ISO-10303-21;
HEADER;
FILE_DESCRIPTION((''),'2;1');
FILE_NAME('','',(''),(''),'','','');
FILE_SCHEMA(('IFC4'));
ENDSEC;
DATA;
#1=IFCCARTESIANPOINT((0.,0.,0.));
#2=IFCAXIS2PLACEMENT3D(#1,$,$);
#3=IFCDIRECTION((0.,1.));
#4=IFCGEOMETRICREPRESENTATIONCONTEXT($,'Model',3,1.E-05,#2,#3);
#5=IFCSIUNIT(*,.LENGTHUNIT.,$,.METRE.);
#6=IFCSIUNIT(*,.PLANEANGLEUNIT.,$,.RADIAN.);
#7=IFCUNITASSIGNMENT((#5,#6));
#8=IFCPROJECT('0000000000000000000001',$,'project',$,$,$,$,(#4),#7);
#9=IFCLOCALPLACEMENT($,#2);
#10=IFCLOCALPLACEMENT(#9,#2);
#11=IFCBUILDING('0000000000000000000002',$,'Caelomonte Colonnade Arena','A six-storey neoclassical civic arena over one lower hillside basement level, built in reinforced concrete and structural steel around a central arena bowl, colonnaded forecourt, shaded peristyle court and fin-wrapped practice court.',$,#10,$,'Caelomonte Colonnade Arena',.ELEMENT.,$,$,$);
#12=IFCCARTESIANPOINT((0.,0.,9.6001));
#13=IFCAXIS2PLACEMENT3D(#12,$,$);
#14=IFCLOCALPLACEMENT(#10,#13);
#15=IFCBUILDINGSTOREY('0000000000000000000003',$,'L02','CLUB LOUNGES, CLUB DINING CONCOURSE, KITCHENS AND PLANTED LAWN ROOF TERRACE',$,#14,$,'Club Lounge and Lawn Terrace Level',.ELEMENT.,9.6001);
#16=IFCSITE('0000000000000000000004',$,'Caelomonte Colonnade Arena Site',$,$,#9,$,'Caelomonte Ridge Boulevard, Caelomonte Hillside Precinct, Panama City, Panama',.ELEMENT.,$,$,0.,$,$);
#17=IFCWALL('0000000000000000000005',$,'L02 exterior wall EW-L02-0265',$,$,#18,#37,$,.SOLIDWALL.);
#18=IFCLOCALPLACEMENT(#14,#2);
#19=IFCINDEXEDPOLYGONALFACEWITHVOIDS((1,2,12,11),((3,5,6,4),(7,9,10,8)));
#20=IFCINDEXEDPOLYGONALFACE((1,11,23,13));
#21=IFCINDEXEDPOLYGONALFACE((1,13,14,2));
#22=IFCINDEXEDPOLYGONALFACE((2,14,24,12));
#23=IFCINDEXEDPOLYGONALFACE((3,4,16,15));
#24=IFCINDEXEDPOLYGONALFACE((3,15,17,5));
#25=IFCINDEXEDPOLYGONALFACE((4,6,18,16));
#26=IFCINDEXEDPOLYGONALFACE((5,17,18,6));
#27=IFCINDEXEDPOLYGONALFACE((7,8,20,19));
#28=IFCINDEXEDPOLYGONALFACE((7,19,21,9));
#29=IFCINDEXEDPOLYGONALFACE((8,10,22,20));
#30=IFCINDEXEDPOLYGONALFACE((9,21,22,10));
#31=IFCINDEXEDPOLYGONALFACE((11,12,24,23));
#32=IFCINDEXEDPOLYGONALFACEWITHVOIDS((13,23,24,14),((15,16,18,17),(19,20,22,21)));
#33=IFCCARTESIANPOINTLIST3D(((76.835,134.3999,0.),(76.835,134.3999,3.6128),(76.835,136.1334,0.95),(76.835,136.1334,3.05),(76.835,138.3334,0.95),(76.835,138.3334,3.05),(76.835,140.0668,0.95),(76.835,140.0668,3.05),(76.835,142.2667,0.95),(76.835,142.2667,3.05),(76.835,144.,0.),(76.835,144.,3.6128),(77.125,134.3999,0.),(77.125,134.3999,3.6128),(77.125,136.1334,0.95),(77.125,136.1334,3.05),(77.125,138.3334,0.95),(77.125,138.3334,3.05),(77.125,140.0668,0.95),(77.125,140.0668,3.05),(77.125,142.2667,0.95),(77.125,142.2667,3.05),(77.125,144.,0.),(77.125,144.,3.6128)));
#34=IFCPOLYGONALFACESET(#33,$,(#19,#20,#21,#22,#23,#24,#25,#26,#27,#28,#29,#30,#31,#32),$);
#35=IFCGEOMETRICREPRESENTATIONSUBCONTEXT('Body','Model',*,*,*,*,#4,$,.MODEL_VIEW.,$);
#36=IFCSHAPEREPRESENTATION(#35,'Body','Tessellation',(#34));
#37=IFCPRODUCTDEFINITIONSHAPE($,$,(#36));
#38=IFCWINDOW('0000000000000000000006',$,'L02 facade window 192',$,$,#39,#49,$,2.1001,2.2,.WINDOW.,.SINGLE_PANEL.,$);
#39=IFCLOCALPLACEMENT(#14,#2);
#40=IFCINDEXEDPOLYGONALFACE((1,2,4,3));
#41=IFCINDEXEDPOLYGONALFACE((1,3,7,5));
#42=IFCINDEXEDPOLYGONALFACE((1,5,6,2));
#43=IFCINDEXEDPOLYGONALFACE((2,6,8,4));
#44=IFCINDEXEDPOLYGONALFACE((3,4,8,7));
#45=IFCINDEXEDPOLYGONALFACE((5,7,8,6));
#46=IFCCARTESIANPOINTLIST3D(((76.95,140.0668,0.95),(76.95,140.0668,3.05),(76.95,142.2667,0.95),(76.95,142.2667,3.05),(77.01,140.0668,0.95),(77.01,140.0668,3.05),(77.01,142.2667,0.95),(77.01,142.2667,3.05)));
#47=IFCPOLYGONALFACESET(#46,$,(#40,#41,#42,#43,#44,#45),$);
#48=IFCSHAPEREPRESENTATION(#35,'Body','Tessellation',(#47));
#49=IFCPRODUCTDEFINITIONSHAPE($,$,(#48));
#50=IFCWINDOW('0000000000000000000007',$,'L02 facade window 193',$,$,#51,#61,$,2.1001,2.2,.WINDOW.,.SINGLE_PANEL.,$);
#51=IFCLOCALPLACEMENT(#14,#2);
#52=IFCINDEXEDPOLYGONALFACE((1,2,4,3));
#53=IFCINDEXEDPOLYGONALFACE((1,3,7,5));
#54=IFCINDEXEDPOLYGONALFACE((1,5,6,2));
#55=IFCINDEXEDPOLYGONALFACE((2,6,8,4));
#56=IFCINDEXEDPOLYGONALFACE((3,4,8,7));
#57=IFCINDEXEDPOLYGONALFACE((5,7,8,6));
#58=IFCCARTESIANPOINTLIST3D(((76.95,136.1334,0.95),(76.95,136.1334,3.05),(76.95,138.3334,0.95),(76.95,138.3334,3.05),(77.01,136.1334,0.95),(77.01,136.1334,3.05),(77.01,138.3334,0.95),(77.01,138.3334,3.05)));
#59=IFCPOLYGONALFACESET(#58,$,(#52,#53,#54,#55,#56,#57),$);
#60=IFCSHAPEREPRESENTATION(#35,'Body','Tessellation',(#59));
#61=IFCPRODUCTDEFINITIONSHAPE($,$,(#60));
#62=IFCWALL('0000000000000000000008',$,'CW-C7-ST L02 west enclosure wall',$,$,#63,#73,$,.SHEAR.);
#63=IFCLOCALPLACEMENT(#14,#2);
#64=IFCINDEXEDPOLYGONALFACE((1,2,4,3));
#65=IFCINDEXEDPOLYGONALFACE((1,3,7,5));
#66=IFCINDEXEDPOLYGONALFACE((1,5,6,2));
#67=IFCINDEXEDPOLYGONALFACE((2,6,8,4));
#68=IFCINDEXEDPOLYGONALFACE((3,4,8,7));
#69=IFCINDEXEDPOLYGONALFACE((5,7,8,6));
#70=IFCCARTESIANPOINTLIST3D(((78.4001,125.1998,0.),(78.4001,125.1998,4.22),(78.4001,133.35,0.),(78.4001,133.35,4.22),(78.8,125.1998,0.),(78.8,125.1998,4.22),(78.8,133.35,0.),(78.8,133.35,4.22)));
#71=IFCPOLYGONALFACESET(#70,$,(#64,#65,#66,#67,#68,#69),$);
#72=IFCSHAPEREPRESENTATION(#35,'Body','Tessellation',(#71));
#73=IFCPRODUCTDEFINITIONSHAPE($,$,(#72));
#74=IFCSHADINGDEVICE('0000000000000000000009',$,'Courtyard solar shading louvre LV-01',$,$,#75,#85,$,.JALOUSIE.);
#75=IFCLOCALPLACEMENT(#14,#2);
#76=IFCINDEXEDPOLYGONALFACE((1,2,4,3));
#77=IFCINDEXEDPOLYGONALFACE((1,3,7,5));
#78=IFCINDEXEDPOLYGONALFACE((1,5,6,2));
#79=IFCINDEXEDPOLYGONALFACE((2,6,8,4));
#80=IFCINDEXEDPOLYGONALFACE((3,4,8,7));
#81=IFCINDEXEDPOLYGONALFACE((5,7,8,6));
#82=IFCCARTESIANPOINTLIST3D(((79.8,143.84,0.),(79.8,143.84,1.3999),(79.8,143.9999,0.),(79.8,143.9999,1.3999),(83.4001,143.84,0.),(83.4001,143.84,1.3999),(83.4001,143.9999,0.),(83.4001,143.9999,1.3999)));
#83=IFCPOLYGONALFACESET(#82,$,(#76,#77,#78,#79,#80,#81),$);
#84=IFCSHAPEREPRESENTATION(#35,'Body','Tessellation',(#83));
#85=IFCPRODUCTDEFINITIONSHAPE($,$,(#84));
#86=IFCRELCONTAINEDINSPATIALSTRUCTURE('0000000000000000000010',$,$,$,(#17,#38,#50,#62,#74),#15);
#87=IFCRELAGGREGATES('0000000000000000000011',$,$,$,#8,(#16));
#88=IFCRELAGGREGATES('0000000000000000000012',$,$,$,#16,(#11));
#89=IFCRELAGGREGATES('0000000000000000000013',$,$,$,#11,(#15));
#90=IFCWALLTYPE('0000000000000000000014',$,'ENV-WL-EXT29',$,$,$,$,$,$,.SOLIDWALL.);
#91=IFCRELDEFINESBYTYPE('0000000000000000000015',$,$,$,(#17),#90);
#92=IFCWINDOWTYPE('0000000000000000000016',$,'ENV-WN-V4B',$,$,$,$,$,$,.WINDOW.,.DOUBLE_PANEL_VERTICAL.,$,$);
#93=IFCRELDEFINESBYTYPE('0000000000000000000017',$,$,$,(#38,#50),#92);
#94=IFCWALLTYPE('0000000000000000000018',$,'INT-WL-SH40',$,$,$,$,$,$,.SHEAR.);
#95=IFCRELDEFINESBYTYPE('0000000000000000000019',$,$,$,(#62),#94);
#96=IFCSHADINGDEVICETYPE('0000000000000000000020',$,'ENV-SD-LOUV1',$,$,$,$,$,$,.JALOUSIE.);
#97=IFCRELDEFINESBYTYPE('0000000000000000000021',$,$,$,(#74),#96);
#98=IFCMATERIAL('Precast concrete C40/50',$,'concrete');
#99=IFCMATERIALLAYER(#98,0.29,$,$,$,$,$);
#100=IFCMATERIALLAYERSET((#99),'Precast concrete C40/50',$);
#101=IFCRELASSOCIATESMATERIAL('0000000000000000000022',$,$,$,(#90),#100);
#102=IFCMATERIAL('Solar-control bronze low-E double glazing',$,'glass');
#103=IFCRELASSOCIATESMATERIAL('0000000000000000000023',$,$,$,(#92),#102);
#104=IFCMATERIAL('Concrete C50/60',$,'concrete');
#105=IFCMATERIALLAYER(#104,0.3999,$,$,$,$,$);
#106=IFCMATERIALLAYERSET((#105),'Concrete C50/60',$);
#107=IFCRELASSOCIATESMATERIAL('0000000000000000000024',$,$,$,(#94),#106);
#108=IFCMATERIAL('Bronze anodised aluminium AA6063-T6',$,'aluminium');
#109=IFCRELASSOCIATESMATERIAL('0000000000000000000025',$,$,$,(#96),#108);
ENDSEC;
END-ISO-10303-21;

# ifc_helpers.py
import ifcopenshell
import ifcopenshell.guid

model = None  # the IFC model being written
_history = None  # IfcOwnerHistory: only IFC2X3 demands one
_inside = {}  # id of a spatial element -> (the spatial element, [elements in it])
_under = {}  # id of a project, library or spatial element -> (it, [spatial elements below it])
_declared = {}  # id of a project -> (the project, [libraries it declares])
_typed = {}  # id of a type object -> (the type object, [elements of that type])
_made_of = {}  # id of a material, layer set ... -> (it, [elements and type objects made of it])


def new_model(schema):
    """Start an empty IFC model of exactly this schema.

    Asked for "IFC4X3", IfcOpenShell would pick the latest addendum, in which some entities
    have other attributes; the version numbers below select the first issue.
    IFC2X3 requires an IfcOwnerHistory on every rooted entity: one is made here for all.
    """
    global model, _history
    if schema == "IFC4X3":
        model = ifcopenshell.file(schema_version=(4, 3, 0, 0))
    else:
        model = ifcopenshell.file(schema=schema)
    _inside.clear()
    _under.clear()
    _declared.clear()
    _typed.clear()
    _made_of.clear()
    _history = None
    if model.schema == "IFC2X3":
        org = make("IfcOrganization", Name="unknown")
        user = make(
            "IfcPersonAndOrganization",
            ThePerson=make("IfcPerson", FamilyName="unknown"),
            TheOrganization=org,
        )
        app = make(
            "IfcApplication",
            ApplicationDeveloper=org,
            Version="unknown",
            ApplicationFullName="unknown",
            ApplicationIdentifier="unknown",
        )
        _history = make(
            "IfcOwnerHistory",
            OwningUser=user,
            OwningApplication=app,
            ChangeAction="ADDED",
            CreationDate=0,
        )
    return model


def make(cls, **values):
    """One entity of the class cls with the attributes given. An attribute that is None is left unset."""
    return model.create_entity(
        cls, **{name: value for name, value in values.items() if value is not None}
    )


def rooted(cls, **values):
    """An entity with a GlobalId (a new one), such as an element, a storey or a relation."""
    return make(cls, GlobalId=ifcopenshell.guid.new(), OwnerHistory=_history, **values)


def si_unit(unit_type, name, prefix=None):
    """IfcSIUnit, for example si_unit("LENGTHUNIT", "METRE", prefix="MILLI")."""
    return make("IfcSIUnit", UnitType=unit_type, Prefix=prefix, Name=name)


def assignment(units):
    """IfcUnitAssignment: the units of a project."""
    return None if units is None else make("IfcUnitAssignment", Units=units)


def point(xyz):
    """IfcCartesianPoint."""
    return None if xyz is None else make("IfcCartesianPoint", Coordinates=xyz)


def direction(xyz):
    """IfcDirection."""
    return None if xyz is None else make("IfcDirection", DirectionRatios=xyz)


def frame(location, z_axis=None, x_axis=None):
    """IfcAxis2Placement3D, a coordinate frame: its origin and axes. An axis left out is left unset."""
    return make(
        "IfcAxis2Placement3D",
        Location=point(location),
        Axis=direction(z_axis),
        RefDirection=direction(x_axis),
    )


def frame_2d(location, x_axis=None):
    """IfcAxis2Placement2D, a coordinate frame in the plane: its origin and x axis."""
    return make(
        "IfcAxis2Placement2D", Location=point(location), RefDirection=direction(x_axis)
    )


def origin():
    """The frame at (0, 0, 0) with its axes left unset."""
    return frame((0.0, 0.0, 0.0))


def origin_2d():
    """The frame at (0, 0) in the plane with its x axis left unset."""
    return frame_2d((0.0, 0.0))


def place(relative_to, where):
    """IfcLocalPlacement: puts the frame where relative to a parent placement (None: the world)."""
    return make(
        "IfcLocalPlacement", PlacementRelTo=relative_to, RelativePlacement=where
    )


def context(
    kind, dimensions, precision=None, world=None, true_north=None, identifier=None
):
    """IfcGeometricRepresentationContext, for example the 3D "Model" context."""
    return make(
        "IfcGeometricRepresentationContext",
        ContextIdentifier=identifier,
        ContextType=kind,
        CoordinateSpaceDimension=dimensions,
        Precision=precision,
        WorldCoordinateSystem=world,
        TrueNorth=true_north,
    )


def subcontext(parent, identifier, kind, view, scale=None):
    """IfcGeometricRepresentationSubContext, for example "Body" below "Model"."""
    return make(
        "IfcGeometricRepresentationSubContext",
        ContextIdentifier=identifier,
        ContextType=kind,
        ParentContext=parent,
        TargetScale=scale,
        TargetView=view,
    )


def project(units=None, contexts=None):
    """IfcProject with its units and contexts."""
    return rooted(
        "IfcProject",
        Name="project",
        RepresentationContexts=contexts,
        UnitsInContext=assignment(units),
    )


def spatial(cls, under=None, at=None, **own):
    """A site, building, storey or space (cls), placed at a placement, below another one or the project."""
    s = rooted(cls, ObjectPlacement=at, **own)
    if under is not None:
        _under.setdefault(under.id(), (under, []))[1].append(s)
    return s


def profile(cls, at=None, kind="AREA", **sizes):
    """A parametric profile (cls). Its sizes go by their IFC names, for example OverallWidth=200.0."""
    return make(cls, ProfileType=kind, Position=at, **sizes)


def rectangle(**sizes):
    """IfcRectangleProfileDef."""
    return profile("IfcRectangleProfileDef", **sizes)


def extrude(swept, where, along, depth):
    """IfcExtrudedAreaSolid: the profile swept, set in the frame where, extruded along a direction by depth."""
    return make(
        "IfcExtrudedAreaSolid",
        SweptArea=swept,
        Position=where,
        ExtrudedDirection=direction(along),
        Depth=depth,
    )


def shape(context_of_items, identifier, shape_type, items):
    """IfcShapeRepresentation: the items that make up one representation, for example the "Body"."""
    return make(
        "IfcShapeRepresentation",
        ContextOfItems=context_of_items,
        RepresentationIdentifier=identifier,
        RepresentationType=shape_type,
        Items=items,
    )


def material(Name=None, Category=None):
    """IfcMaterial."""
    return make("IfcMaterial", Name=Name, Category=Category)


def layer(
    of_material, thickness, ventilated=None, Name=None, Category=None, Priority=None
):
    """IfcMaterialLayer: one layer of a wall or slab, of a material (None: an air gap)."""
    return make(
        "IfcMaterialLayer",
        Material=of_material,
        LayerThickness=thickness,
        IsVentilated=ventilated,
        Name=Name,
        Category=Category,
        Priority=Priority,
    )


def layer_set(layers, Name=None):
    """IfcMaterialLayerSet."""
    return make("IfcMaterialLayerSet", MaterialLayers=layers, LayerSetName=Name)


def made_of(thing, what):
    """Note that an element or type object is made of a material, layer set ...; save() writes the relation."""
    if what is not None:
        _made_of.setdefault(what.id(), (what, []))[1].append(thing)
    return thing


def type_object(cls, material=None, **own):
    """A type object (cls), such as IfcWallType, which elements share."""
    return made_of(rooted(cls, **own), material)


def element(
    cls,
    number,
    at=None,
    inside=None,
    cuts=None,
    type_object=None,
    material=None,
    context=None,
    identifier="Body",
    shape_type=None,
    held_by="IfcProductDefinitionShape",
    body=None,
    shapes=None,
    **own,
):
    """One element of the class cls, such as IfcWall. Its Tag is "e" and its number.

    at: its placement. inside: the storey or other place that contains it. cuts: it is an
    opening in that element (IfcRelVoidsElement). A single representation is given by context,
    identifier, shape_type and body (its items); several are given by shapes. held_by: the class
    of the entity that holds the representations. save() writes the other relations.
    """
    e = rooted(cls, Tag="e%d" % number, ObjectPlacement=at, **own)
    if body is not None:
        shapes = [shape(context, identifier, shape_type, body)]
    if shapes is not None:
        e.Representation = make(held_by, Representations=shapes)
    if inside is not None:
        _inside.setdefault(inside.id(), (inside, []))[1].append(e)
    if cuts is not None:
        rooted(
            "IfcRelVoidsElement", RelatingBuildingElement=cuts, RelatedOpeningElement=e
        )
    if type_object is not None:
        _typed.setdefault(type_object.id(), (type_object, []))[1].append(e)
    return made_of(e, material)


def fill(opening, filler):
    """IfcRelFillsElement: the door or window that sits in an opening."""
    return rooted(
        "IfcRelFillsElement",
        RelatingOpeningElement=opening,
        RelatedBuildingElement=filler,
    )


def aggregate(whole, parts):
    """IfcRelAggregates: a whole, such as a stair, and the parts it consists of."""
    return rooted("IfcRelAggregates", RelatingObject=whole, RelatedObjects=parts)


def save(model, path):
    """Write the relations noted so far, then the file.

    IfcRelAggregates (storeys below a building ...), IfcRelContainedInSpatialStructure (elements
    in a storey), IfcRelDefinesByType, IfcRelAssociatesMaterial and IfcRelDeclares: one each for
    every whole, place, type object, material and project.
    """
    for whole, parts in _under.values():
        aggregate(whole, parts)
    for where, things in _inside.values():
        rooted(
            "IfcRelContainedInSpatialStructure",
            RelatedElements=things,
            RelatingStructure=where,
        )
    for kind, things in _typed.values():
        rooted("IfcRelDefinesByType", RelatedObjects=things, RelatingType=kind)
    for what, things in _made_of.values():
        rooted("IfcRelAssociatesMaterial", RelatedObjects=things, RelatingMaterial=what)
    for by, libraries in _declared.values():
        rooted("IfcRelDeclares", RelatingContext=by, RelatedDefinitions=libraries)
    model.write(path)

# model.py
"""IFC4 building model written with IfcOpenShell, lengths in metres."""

from ifc_helpers import new_model, si_unit, direction, frame, frame_2d, origin, origin_2d, place, context, subcontext, project, spatial, rectangle, extrude, material, layer, layer_set, type_object, element, fill, save


model = new_model("IFC4")

# Units and contexts
model_context = context("Model", 3, precision=1e-05, world=origin(), true_north=direction((0.0, 1.0)))
body_context = subcontext(model_context, "Body", "Model", "MODEL_VIEW")
ifc_project = project(units=[si_unit("LENGTHUNIT", "METRE"), si_unit("PLANEANGLEUNIT", "RADIAN")], contexts=[model_context])

# Site, building, storey
site_placement = place(None, origin())
site = spatial("IfcSite", under=ifc_project, at=site_placement, Name="Caelomonte Colonnade Arena Site", LongName="Caelomonte Ridge Boulevard, Caelomonte Hillside Precinct, Panama City, Panama", CompositionType="ELEMENT", RefElevation=0.0)
building_placement = place(site_placement, origin())
building = spatial("IfcBuilding", under=site, at=building_placement, Name="Caelomonte Colonnade Arena", Description="A six-storey neoclassical civic arena over one lower hillside basement level, built in reinforced concrete and structural steel around a central arena bowl, colonnaded forecourt, shaded peristyle court and fin-wrapped practice court.", LongName="Caelomonte Colonnade Arena", CompositionType="ELEMENT")
storey_placement = place(building_placement, frame((0.0, 0.0, 9.6001)))
storey = spatial("IfcBuildingStorey", under=building, at=storey_placement, Name="L02", Description="CLUB LOUNGES, CLUB DINING CONCOURSE, KITCHENS AND PLANTED LAWN ROOF TERRACE", LongName="Club Lounge and Lawn Terrace Level", CompositionType="ELEMENT", Elevation=9.6001)

# Shared definitions
ifc_material_1 = material(Name="Bronze anodised aluminium AA6063-T6", Category="aluminium")

# Shared definitions
ifc_material_2 = material(Name="Solar-control bronze low-E double glazing", Category="glass")

# Wall, openings, windows
ifc_material_3 = material(Name="Precast concrete C40/50", Category="concrete")
ifc_layer_1 = layer(ifc_material_3, 0.29)
ifc_layer_set_1 = layer_set([ifc_layer_1], Name="Precast concrete C40/50")
wall_type_1 = type_object("IfcWallType", Name="ENV-WL-EXT29", PredefinedType="SOLIDWALL", material=ifc_layer_set_1)
wall_1_placement = place(storey_placement, frame((76.98, 144.0, 0.0), z_axis=(0.0, 0.0, 1.0), x_axis=(0.0, -1.0, 0.0)))
wall_1 = element("IfcWall", 1, at=wall_1_placement, inside=storey, type_object=wall_type_1, Name="L02 exterior wall EW-L02-0265", PredefinedType="SOLIDWALL", context=body_context, shape_type="SweptSolid", body=[
    extrude(rectangle(XDim=9.6001, YDim=0.29, at=frame_2d((4.8, 0.0))), origin(), (0.0, 0.0, 1.0), 3.6128),
])
opening_1_placement = place(wall_1_placement, frame((3.9333, 0.0, 0.95), z_axis=(0.0, 0.0, 1.0), x_axis=(-1.0, 0.0, 0.0)))
opening_1 = element("IfcOpeningElement", 2, at=opening_1_placement, cuts=wall_1, PredefinedType="OPENING", context=body_context, shape_type="SweptSolid", body=[
    extrude(rectangle(XDim=2.2, YDim=2.1001, at=frame_2d((1.1001, 1.05))), frame((0.0, 0.155, 0.0), z_axis=(0.0, -1.0, 0.0), x_axis=(1.0, 0.0, 0.0)), (0.0, 0.0, 1.0), 0.3101),
])
opening_2_placement = place(wall_1_placement, frame((7.8667, 0.0, 0.95), z_axis=(0.0, 0.0, 1.0), x_axis=(-1.0, 0.0, 0.0)))
opening_2 = element("IfcOpeningElement", 3, at=opening_2_placement, cuts=wall_1, PredefinedType="OPENING", context=body_context, shape_type="SweptSolid", body=[
    extrude(rectangle(XDim=2.2, YDim=2.1001, at=frame_2d((1.1001, 1.05))), frame((0.0, 0.155, 0.0), z_axis=(0.0, -1.0, 0.0), x_axis=(1.0, 0.0, 0.0)), (0.0, 0.0, 1.0), 0.3101),
])
window_type = type_object("IfcWindowType", Name="ENV-WN-V4B", PartitioningType="DOUBLE_PANEL_VERTICAL", PredefinedType="WINDOW", material=ifc_material_2)
window_1_placement = place(opening_1_placement, origin())
window_1 = element("IfcWindow", 4, at=window_1_placement, inside=storey, type_object=window_type, Name="L02 facade window 192", OverallHeight=2.1001, OverallWidth=2.2, PartitioningType="SINGLE_PANEL", PredefinedType="WINDOW", context=body_context, shape_type="SweptSolid", body=[
    extrude(rectangle(XDim=2.2, YDim=2.1001, at=frame_2d((1.1001, 1.05))), frame((0.0, 0.03, 0.0), z_axis=(0.0, -1.0, 0.0), x_axis=(1.0, 0.0, 0.0)), (0.0, 0.0, 1.0), 0.0601),
])
fill(opening_1, window_1)
window_2_placement = place(opening_2_placement, origin())
window_2 = element("IfcWindow", 5, at=window_2_placement, inside=storey, type_object=window_type, Name="L02 facade window 193", OverallHeight=2.1001, OverallWidth=2.2, PartitioningType="SINGLE_PANEL", PredefinedType="WINDOW", context=body_context, shape_type="SweptSolid", body=[
    extrude(rectangle(XDim=2.2, YDim=2.1001, at=frame_2d((1.1001, 1.05))), frame((0.0, 0.03, 0.0), z_axis=(0.0, -1.0, 0.0), x_axis=(1.0, 0.0, 0.0)), (0.0, 0.0, 1.0), 0.0601),
])
fill(opening_2, window_2)

# Wall
ifc_material_4 = material(Name="Concrete C50/60", Category="concrete")
ifc_layer_2 = layer(ifc_material_4, 0.3999)
ifc_layer_set_2 = layer_set([ifc_layer_2], Name="Concrete C50/60")
wall_type_2 = type_object("IfcWallType", Name="INT-WL-SH40", PredefinedType="SHEAR", material=ifc_layer_set_2)
wall_2_placement = place(storey_placement, frame((78.6001, 133.3501, 0.0), z_axis=(0.0, 0.0, 1.0), x_axis=(0.0, -1.0, 0.0)))
element("IfcWall", 6, at=wall_2_placement, inside=storey, type_object=wall_type_2, Name="CW-C7-ST L02 west enclosure wall", PredefinedType="SHEAR", context=body_context, shape_type="SweptSolid", body=[
    extrude(rectangle(XDim=8.1501, YDim=0.3999, at=frame_2d((4.0752, 0.0))), origin(), (0.0, 0.0, 1.0), 4.22),
])

# Shading device
shading_device_type = type_object("IfcShadingDeviceType", Name="ENV-SD-LOUV1", PredefinedType="JALOUSIE", material=ifc_material_1)
shading_device_placement = place(storey_placement, frame((81.6001, 143.9199, 0.0), z_axis=(0.0, 0.0, 1.0), x_axis=(1.0, 0.0, 0.0)))
element("IfcShadingDevice", 7, at=shading_device_placement, inside=storey, type_object=shading_device_type, Name="Courtyard solar shading louvre LV-01", PredefinedType="JALOUSIE", context=body_context, shape_type="SweptSolid", body=[
    extrude(rectangle(XDim=3.6001, YDim=0.1599, at=origin_2d()), origin(), (0.0, 0.0, 1.0), 1.3999),
])

save(model, "model.ifc")
